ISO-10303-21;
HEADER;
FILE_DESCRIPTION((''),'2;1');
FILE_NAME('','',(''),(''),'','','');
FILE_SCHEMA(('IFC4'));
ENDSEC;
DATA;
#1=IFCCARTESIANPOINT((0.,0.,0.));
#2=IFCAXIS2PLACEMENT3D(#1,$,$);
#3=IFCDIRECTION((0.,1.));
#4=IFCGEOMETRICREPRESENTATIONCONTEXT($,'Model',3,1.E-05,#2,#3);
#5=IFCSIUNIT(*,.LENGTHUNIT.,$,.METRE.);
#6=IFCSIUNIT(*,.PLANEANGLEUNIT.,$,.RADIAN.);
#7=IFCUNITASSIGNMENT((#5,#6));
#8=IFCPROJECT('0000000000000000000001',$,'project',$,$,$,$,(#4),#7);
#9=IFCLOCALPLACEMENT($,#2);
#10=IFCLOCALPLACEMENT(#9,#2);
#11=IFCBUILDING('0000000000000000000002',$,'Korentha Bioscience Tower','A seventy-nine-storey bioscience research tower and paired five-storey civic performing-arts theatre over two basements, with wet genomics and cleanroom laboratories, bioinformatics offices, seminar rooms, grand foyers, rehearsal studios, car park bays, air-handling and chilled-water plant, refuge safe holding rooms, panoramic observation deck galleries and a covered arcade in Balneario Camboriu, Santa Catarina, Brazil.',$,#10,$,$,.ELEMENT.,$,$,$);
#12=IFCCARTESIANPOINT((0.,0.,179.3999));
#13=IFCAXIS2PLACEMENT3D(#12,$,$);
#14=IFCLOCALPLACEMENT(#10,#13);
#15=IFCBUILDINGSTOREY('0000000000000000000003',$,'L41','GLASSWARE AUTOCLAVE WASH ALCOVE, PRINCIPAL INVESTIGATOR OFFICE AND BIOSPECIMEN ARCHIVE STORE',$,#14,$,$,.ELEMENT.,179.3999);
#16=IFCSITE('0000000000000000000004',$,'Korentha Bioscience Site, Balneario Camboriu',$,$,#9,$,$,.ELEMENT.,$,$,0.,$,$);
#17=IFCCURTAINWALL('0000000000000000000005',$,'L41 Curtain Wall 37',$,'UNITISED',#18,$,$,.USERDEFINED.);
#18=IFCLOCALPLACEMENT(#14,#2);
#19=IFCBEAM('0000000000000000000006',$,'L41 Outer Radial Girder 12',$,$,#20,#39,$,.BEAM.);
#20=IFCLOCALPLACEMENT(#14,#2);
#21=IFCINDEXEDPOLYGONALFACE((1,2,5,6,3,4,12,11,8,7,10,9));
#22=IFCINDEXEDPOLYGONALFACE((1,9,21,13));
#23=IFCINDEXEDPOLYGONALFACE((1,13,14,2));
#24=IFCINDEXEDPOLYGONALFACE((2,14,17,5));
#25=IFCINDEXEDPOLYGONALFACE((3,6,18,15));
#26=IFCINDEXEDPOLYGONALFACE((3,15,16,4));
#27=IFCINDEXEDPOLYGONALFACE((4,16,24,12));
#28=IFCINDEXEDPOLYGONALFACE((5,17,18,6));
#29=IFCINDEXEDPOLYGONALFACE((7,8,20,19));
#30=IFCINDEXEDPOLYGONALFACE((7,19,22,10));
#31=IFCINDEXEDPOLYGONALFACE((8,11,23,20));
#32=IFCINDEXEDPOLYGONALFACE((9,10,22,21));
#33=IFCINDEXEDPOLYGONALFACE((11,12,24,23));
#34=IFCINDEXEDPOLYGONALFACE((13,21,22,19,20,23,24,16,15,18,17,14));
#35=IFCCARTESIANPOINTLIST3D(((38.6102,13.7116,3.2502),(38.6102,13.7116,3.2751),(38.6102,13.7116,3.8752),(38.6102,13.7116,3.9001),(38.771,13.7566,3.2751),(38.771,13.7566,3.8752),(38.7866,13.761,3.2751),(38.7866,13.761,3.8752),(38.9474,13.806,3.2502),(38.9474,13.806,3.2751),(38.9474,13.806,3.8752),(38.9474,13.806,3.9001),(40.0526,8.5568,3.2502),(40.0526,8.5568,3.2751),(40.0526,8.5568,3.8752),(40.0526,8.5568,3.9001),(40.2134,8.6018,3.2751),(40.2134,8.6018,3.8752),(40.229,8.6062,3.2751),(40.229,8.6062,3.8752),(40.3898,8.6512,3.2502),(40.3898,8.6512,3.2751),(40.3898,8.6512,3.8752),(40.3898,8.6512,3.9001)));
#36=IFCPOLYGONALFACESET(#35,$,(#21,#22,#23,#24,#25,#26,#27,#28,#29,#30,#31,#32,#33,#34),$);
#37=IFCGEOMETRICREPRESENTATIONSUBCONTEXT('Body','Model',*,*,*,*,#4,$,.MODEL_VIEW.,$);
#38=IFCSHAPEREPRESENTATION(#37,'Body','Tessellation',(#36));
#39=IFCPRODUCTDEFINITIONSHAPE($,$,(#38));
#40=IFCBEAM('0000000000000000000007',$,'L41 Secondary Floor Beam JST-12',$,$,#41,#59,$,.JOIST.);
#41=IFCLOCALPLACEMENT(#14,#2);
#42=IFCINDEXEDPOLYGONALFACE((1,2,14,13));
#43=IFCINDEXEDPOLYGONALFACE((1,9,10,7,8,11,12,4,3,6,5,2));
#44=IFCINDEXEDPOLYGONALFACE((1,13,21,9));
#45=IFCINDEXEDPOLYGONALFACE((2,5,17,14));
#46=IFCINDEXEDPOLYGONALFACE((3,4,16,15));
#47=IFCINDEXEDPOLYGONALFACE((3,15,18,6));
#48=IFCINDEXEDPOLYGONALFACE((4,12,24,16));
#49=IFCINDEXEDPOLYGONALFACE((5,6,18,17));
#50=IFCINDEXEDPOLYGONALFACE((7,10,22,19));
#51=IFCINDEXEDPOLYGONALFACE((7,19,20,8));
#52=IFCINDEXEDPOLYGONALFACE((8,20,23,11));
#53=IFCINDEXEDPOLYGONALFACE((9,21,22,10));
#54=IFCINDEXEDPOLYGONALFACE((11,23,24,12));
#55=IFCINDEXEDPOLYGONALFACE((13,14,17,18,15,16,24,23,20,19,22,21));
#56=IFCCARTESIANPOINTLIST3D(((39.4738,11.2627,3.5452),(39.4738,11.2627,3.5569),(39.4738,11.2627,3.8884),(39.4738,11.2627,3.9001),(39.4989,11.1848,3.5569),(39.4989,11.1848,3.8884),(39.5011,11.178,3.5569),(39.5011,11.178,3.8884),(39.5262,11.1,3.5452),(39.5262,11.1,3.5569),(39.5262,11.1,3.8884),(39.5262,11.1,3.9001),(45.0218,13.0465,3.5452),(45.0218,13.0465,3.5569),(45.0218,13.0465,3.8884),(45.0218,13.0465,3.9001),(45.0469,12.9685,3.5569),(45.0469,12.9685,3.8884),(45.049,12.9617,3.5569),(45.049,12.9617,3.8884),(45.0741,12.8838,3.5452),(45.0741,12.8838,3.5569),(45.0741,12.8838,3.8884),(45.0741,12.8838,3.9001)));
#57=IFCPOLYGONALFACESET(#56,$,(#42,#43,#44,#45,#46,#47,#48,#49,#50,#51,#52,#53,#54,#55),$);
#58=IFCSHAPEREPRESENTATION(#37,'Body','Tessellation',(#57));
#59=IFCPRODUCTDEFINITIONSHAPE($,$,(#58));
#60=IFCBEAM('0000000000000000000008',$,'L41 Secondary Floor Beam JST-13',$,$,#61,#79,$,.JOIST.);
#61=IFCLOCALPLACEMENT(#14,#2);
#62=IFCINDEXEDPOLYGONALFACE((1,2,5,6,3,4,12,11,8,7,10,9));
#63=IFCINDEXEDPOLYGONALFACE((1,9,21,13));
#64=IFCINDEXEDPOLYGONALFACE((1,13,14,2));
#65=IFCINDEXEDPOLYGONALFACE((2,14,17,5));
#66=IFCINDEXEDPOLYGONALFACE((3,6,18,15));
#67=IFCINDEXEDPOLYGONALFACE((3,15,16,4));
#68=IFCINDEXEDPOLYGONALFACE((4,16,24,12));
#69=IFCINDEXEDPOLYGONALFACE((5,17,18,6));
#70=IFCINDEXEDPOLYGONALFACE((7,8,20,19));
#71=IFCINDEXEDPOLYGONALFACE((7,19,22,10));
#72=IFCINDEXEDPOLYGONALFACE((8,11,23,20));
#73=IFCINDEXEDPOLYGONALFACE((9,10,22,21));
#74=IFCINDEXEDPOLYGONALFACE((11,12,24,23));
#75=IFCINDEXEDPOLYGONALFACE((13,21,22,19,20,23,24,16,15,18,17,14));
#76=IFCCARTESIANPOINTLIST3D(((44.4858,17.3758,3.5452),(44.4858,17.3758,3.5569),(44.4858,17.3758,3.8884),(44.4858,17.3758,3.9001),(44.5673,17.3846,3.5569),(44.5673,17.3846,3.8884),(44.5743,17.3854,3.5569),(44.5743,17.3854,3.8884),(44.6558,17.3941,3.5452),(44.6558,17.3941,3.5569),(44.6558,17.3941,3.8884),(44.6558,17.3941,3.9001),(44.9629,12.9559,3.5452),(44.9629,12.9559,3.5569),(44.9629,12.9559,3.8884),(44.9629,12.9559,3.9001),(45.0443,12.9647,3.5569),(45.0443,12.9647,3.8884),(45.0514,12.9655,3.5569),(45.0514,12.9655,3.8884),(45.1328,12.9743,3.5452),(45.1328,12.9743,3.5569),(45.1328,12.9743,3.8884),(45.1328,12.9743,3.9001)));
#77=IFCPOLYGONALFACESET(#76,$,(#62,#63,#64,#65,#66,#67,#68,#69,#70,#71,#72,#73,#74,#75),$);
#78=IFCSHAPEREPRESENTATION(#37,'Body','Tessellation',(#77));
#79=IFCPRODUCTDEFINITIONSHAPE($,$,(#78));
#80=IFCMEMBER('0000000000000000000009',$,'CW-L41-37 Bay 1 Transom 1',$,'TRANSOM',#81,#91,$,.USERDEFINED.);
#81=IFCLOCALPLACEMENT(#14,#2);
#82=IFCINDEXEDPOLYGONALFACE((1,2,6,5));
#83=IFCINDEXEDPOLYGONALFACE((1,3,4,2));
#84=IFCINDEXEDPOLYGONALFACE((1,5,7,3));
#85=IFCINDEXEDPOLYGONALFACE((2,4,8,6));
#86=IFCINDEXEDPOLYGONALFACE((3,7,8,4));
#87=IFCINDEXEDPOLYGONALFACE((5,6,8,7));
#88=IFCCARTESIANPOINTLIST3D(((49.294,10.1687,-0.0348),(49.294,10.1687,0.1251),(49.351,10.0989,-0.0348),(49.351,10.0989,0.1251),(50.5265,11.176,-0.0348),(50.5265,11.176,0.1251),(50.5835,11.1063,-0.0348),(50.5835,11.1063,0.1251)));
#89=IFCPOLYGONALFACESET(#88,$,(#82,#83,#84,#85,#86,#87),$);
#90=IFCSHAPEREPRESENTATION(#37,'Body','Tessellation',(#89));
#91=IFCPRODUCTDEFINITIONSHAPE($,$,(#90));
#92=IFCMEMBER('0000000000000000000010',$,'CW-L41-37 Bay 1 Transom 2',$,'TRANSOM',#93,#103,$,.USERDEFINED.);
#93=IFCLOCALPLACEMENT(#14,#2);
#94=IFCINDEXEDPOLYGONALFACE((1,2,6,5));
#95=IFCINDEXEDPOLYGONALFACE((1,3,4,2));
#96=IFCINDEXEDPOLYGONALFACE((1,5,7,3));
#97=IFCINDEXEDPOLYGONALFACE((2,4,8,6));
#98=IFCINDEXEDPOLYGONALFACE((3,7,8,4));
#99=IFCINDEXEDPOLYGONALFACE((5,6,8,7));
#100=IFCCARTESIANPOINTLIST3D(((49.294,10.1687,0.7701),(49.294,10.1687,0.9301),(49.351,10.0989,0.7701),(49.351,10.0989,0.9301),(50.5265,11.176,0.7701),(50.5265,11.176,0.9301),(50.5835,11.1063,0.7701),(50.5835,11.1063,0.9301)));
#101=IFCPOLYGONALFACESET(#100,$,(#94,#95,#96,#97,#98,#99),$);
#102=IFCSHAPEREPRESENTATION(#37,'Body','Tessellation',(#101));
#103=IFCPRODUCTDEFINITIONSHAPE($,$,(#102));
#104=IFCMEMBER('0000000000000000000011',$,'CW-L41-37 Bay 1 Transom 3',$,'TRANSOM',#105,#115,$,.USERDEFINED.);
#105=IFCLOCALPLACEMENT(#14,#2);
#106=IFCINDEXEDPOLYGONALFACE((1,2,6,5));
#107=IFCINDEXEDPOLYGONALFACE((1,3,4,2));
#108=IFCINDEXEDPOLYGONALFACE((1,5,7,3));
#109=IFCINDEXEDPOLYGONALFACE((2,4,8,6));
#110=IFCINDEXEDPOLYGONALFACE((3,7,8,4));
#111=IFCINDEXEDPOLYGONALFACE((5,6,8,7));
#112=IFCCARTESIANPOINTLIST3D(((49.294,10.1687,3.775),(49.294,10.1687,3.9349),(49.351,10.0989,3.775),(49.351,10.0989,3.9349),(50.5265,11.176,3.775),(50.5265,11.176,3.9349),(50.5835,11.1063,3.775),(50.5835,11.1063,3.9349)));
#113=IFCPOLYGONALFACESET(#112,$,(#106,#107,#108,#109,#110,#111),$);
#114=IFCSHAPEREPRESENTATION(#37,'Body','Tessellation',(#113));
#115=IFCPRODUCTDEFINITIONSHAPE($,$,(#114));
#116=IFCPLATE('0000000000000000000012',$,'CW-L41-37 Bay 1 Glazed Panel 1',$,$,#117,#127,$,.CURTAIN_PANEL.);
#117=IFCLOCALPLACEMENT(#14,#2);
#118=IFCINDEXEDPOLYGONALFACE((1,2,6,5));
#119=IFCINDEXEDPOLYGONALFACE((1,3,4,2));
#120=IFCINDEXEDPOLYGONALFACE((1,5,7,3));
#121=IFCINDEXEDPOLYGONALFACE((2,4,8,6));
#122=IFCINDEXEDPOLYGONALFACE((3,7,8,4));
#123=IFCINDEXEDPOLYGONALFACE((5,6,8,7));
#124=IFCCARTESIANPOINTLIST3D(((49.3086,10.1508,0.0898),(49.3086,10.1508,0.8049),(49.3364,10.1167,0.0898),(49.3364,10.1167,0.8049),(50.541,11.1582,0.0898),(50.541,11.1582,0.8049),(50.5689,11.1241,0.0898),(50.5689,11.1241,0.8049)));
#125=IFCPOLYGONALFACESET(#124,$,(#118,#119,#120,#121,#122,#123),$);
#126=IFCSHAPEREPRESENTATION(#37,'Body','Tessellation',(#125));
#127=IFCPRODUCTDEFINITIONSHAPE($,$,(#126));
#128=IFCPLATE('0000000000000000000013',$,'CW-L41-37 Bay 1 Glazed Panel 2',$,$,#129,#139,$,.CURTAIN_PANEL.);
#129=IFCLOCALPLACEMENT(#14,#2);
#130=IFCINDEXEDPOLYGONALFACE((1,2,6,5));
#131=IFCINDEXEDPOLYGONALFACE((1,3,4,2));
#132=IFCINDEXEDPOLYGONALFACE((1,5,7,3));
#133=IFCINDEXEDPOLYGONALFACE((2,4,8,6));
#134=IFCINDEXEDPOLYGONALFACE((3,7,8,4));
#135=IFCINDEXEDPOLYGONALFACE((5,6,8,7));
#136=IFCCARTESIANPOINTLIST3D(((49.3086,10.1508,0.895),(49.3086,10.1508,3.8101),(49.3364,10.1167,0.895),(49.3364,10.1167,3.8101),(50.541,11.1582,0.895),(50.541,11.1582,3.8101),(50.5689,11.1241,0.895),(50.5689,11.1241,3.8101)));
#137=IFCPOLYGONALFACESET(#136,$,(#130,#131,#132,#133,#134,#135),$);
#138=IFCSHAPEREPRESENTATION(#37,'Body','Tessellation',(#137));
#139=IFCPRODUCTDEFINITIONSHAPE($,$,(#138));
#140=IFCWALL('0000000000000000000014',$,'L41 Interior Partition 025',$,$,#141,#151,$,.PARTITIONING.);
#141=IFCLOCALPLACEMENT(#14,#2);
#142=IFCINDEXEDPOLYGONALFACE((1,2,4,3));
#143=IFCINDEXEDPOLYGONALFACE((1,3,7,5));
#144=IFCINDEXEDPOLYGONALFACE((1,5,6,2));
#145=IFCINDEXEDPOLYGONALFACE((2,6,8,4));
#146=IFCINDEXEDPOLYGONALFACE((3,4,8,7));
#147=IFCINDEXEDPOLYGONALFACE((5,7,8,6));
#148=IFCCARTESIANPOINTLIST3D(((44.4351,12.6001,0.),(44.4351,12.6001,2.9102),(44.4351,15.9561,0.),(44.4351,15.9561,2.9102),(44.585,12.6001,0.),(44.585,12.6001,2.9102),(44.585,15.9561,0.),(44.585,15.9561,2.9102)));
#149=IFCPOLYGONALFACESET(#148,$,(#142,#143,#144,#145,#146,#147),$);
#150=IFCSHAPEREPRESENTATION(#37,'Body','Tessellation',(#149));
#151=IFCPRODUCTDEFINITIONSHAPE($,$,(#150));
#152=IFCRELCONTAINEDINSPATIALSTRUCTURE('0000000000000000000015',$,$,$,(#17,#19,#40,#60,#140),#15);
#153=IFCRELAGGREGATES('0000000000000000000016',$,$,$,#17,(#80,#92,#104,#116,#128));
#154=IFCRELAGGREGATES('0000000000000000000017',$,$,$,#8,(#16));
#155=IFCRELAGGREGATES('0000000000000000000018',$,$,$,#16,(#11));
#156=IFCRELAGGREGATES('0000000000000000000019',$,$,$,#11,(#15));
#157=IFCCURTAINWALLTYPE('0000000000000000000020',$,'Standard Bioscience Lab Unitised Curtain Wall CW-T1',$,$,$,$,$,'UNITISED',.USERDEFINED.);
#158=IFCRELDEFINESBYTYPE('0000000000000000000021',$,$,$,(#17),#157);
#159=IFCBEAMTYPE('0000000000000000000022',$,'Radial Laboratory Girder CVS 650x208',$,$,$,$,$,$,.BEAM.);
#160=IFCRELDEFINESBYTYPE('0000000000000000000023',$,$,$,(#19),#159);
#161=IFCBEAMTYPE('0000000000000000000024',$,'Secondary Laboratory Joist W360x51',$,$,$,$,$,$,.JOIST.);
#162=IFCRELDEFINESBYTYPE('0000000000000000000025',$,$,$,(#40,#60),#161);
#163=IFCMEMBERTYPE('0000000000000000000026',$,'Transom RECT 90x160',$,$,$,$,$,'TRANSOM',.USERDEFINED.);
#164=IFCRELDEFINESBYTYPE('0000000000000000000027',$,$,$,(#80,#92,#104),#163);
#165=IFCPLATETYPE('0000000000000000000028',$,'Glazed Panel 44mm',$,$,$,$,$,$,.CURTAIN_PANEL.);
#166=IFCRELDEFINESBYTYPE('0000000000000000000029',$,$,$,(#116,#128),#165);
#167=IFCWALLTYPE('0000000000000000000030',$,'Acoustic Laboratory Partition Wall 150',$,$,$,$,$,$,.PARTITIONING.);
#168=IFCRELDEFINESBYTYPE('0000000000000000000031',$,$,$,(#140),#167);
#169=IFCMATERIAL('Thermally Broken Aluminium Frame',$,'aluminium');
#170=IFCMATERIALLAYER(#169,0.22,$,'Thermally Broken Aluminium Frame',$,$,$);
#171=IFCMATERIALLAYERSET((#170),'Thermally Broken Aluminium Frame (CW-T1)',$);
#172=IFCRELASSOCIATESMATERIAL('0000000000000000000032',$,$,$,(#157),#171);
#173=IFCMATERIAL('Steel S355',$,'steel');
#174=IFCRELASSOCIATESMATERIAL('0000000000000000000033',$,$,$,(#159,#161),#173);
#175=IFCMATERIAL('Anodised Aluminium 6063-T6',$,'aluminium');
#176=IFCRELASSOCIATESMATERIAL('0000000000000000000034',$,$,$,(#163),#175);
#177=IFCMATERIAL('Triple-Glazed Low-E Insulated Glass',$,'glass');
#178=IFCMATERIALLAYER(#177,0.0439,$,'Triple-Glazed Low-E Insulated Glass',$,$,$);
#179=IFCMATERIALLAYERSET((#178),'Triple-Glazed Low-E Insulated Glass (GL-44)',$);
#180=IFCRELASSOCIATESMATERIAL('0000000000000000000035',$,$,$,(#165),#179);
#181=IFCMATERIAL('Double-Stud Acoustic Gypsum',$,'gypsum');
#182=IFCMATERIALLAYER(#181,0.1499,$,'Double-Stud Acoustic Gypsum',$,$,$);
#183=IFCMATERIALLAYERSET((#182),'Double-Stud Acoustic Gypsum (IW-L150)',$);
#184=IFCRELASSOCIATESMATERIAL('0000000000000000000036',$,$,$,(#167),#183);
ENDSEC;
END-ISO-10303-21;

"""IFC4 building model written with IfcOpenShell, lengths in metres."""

from ifc_helpers import new_model, si_unit, direction, frame, frame_2d, origin, origin_2d, place, context, subcontext, project, spatial, rectangle, i_section, extrude, material, layer, layer_set, material_profile, profile_set, type_object, element, aggregate, save


model = new_model("IFC4")

# Units and contexts
model_context = context("Model", 3, precision=1e-05, world=origin(), true_north=direction((0.0, 1.0)))
body_context = subcontext(model_context, "Body", "Model", "MODEL_VIEW")
ifc_project = project(units=[si_unit("LENGTHUNIT", "METRE"), si_unit("PLANEANGLEUNIT", "RADIAN")], contexts=[model_context])

# Site, building, storey
site_placement = place(None, origin())
site = spatial("IfcSite", under=ifc_project, at=site_placement, Name="Korentha Bioscience Site, Balneario Camboriu", CompositionType="ELEMENT", RefElevation=0.0)
building_placement = place(site_placement, origin())
building = spatial("IfcBuilding", under=site, at=building_placement, Name="Korentha Bioscience Tower", Description="A seventy-nine-storey bioscience research tower and paired five-storey civic performing-arts theatre over two basements, with wet genomics and cleanroom laboratories, bioinformatics offices, seminar rooms, grand foyers, rehearsal studios, car park bays, air-handling and chilled-water plant, refuge safe holding rooms, panoramic observation deck galleries and a covered arcade in Balneario Camboriu, Santa Catarina, Brazil.", CompositionType="ELEMENT")
storey_placement = place(building_placement, frame((0.0, 0.0, 179.3999)))
storey = spatial("IfcBuildingStorey", under=building, at=storey_placement, Name="L41", Description="GLASSWARE AUTOCLAVE WASH ALCOVE, PRINCIPAL INVESTIGATOR OFFICE AND BIOSPECIMEN ARCHIVE STORE", CompositionType="ELEMENT", Elevation=179.3999)

# Shared definitions
ifc_material_1 = material(Name="Steel S355", Category="steel")

# Curtain wall
ifc_material_2 = material(Name="Thermally Broken Aluminium Frame", Category="aluminium")
ifc_layer_1 = layer(ifc_material_2, 0.22, Name="Thermally Broken Aluminium Frame")
ifc_layer_set_1 = layer_set([ifc_layer_1], Name="Thermally Broken Aluminium Frame (CW-T1)")
curtain_wall_type = type_object("IfcCurtainWallType", Name="Standard Bioscience Lab Unitised Curtain Wall CW-T1", ElementType="UNITISED", PredefinedType="USERDEFINED", material=ifc_layer_set_1)
curtain_wall_placement = place(storey_placement, origin())
curtain_wall = element("IfcCurtainWall", 1, at=curtain_wall_placement, inside=storey, type_object=curtain_wall_type, Name="L41 Curtain Wall 37", ObjectType="UNITISED", PredefinedType="USERDEFINED")
ifc_material_3 = material(Name="Anodised Aluminium 6063-T6", Category="aluminium")

# Beams
ifc_material_profile_1 = material_profile(ifc_material_1, i_section(OverallWidth=0.3501, OverallDepth=0.6499, WebThickness=0.0161, FlangeThickness=0.0249, at=origin_2d()), Name="Steel S355")
ifc_profile_set_1 = profile_set([ifc_material_profile_1], Name="Steel S355 (RB-650)")
beam_type_1 = type_object("IfcBeamType", Name="Radial Laboratory Girder CVS 650x208", PredefinedType="BEAM", material=ifc_profile_set_1)
beam_1_placement = place(storey_placement, frame((38.7788, 13.7588, 3.5752), z_axis=(0.269464, -0.96301, 0.0), x_axis=(0.96301, 0.269464, 0.0)))
element("IfcBeam", 2, at=beam_1_placement, inside=storey, type_object=beam_type_1, Name="L41 Outer Radial Girder 12", PredefinedType="BEAM", context=body_context, shape_type="SweptSolid", body=[
    extrude(i_section(OverallWidth=0.3501, OverallDepth=0.6499, WebThickness=0.0161, FlangeThickness=0.0249, at=origin_2d()), origin(), (0.0, 0.0, 1.0), 5.3528),
])
ifc_material_profile_2 = material_profile(ifc_material_1, i_section(OverallWidth=0.1709, OverallDepth=0.355, WebThickness=0.0071, FlangeThickness=0.0117, at=origin_2d()), Name="Steel S355")
ifc_profile_set_2 = profile_set([ifc_material_profile_2], Name="Steel S355 (JB-360)")
beam_type_2 = type_object("IfcBeamType", Name="Secondary Laboratory Joist W360x51", PredefinedType="JOIST", material=ifc_profile_set_2)
beam_2_placement = place(storey_placement, frame((39.5, 11.1814, 3.7227), z_axis=(0.952006, 0.30608, 0.0), x_axis=(-0.30608, 0.952006, 0.0)))
element("IfcBeam", 3, at=beam_2_placement, inside=storey, type_object=beam_type_2, Name="L41 Secondary Floor Beam JST-12", PredefinedType="JOIST", context=body_context, shape_type="SweptSolid", body=[
    extrude(i_section(OverallWidth=0.1709, OverallDepth=0.355, WebThickness=0.0071, FlangeThickness=0.0117, at=origin_2d()), origin(), (0.0, 0.0, 1.0), 5.8276),
])
beam_3_placement = place(storey_placement, frame((45.0479, 12.9651, 3.7227), z_axis=(-0.107309, 0.994226, 0.0), x_axis=(-0.994226, -0.107309, 0.0)))
element("IfcBeam", 4, at=beam_3_placement, inside=storey, type_object=beam_type_2, Name="L41 Secondary Floor Beam JST-13", PredefinedType="JOIST", context=body_context, shape_type="SweptSolid", body=[
    extrude(i_section(OverallWidth=0.1709, OverallDepth=0.355, WebThickness=0.0071, FlangeThickness=0.0117, at=origin_2d()), origin(), (0.0, 0.0, 1.0), 4.4456),
])

# Members
ifc_material_profile_3 = material_profile(ifc_material_3, rectangle(XDim=0.0901, YDim=0.1599, at=origin_2d()), Name="Anodised Aluminium 6063-T6")
ifc_profile_set_3 = profile_set([ifc_material_profile_3], Name="Anodised Aluminium 6063-T6 (CW-TRN)")
member_type_1 = type_object("IfcMemberType", Name="Transom RECT 90x160", ElementType="TRANSOM", PredefinedType="USERDEFINED", material=ifc_profile_set_3)
member_1_placement = place(storey_placement, frame((49.3225, 10.1338, 0.0452), z_axis=(0.774272, 0.632853, 0.0), x_axis=(-0.632853, 0.774272, 0.0)))
member_1 = element("IfcMember", 5, at=member_1_placement, type_object=member_type_1, Name="CW-L41-37 Bay 1 Transom 1", ObjectType="TRANSOM", PredefinedType="USERDEFINED", context=body_context, shape_type="SweptSolid", body=[
    extrude(rectangle(XDim=0.0901, YDim=0.1599, at=origin_2d()), origin(), (0.0, 0.0, 1.0), 1.5918),
])
member_2_placement = place(storey_placement, frame((49.3225, 10.1338, 0.8501), z_axis=(0.774272, 0.632853, 0.0), x_axis=(-0.632853, 0.774272, 0.0)))
member_2 = element("IfcMember", 6, at=member_2_placement, type_object=member_type_1, Name="CW-L41-37 Bay 1 Transom 2", ObjectType="TRANSOM", PredefinedType="USERDEFINED", context=body_context, shape_type="SweptSolid", body=[
    extrude(rectangle(XDim=0.0901, YDim=0.1599, at=origin_2d()), origin(), (0.0, 0.0, 1.0), 1.5918),
])
member_3_placement = place(storey_placement, frame((49.3225, 10.1338, 3.855), z_axis=(0.774272, 0.632853, 0.0), x_axis=(-0.632853, 0.774272, 0.0)))
member_3 = element("IfcMember", 7, at=member_3_placement, type_object=member_type_1, Name="CW-L41-37 Bay 1 Transom 3", ObjectType="TRANSOM", PredefinedType="USERDEFINED", context=body_context, shape_type="SweptSolid", body=[
    extrude(rectangle(XDim=0.0901, YDim=0.1599, at=origin_2d()), origin(), (0.0, 0.0, 1.0), 1.5918),
])

# Plates
ifc_material_4 = material(Name="Triple-Glazed Low-E Insulated Glass", Category="glass")
ifc_layer_2 = layer(ifc_material_4, 0.0439, Name="Triple-Glazed Low-E Insulated Glass")
ifc_layer_set_2 = layer_set([ifc_layer_2], Name="Triple-Glazed Low-E Insulated Glass (GL-44)")
plate_type = type_object("IfcPlateType", Name="Glazed Panel 44mm", PredefinedType="CURTAIN_PANEL", material=ifc_layer_set_2)
plate_1_placement = place(storey_placement, frame((49.9387, 10.6375, 0.0898), z_axis=(0.0, 0.0, 1.0), x_axis=(0.774256, 0.632872, 0.0)))
plate_1 = element("IfcPlate", 8, at=plate_1_placement, type_object=plate_type, Name="CW-L41-37 Bay 1 Glazed Panel 1", PredefinedType="CURTAIN_PANEL", context=body_context, shape_type="SweptSolid", body=[
    extrude(rectangle(XDim=1.5918, YDim=0.0439, at=origin_2d()), origin(), (0.0, 0.0, 1.0), 0.7151),
])
plate_2_placement = place(storey_placement, frame((49.9387, 10.6375, 0.895), z_axis=(0.0, 0.0, 1.0), x_axis=(0.774256, 0.632872, 0.0)))
plate_2 = element("IfcPlate", 9, at=plate_2_placement, type_object=plate_type, Name="CW-L41-37 Bay 1 Glazed Panel 2", PredefinedType="CURTAIN_PANEL", context=body_context, shape_type="SweptSolid", body=[
    extrude(rectangle(XDim=1.5918, YDim=0.0439, at=origin_2d()), origin(), (0.0, 0.0, 1.0), 2.915),
])
aggregate(curtain_wall, [member_1, member_2, member_3, plate_1, plate_2])

# Wall
ifc_material_5 = material(Name="Double-Stud Acoustic Gypsum", Category="gypsum")
ifc_layer_3 = layer(ifc_material_5, 0.1499, Name="Double-Stud Acoustic Gypsum")
ifc_layer_set_3 = layer_set([ifc_layer_3], Name="Double-Stud Acoustic Gypsum (IW-L150)")
wall_type_1 = type_object("IfcWallType", Name="Acoustic Laboratory Partition Wall 150", PredefinedType="PARTITIONING", material=ifc_layer_set_3)
wall_1_placement = place(storey_placement, frame((44.51, 12.6001, 0.0), z_axis=(0.0, 0.0, 1.0), x_axis=(0.0, 1.0, 0.0)))
element("IfcWall", 10, at=wall_1_placement, inside=storey, type_object=wall_type_1, Name="L41 Interior Partition 025", PredefinedType="PARTITIONING", context=body_context, shape_type="SweptSolid", body=[
    extrude(rectangle(XDim=3.356, YDim=0.1499, at=frame_2d((1.678, 0.0))), origin(), (0.0, 0.0, 1.0), 2.9102),
])

save(model, "model.ifc")
